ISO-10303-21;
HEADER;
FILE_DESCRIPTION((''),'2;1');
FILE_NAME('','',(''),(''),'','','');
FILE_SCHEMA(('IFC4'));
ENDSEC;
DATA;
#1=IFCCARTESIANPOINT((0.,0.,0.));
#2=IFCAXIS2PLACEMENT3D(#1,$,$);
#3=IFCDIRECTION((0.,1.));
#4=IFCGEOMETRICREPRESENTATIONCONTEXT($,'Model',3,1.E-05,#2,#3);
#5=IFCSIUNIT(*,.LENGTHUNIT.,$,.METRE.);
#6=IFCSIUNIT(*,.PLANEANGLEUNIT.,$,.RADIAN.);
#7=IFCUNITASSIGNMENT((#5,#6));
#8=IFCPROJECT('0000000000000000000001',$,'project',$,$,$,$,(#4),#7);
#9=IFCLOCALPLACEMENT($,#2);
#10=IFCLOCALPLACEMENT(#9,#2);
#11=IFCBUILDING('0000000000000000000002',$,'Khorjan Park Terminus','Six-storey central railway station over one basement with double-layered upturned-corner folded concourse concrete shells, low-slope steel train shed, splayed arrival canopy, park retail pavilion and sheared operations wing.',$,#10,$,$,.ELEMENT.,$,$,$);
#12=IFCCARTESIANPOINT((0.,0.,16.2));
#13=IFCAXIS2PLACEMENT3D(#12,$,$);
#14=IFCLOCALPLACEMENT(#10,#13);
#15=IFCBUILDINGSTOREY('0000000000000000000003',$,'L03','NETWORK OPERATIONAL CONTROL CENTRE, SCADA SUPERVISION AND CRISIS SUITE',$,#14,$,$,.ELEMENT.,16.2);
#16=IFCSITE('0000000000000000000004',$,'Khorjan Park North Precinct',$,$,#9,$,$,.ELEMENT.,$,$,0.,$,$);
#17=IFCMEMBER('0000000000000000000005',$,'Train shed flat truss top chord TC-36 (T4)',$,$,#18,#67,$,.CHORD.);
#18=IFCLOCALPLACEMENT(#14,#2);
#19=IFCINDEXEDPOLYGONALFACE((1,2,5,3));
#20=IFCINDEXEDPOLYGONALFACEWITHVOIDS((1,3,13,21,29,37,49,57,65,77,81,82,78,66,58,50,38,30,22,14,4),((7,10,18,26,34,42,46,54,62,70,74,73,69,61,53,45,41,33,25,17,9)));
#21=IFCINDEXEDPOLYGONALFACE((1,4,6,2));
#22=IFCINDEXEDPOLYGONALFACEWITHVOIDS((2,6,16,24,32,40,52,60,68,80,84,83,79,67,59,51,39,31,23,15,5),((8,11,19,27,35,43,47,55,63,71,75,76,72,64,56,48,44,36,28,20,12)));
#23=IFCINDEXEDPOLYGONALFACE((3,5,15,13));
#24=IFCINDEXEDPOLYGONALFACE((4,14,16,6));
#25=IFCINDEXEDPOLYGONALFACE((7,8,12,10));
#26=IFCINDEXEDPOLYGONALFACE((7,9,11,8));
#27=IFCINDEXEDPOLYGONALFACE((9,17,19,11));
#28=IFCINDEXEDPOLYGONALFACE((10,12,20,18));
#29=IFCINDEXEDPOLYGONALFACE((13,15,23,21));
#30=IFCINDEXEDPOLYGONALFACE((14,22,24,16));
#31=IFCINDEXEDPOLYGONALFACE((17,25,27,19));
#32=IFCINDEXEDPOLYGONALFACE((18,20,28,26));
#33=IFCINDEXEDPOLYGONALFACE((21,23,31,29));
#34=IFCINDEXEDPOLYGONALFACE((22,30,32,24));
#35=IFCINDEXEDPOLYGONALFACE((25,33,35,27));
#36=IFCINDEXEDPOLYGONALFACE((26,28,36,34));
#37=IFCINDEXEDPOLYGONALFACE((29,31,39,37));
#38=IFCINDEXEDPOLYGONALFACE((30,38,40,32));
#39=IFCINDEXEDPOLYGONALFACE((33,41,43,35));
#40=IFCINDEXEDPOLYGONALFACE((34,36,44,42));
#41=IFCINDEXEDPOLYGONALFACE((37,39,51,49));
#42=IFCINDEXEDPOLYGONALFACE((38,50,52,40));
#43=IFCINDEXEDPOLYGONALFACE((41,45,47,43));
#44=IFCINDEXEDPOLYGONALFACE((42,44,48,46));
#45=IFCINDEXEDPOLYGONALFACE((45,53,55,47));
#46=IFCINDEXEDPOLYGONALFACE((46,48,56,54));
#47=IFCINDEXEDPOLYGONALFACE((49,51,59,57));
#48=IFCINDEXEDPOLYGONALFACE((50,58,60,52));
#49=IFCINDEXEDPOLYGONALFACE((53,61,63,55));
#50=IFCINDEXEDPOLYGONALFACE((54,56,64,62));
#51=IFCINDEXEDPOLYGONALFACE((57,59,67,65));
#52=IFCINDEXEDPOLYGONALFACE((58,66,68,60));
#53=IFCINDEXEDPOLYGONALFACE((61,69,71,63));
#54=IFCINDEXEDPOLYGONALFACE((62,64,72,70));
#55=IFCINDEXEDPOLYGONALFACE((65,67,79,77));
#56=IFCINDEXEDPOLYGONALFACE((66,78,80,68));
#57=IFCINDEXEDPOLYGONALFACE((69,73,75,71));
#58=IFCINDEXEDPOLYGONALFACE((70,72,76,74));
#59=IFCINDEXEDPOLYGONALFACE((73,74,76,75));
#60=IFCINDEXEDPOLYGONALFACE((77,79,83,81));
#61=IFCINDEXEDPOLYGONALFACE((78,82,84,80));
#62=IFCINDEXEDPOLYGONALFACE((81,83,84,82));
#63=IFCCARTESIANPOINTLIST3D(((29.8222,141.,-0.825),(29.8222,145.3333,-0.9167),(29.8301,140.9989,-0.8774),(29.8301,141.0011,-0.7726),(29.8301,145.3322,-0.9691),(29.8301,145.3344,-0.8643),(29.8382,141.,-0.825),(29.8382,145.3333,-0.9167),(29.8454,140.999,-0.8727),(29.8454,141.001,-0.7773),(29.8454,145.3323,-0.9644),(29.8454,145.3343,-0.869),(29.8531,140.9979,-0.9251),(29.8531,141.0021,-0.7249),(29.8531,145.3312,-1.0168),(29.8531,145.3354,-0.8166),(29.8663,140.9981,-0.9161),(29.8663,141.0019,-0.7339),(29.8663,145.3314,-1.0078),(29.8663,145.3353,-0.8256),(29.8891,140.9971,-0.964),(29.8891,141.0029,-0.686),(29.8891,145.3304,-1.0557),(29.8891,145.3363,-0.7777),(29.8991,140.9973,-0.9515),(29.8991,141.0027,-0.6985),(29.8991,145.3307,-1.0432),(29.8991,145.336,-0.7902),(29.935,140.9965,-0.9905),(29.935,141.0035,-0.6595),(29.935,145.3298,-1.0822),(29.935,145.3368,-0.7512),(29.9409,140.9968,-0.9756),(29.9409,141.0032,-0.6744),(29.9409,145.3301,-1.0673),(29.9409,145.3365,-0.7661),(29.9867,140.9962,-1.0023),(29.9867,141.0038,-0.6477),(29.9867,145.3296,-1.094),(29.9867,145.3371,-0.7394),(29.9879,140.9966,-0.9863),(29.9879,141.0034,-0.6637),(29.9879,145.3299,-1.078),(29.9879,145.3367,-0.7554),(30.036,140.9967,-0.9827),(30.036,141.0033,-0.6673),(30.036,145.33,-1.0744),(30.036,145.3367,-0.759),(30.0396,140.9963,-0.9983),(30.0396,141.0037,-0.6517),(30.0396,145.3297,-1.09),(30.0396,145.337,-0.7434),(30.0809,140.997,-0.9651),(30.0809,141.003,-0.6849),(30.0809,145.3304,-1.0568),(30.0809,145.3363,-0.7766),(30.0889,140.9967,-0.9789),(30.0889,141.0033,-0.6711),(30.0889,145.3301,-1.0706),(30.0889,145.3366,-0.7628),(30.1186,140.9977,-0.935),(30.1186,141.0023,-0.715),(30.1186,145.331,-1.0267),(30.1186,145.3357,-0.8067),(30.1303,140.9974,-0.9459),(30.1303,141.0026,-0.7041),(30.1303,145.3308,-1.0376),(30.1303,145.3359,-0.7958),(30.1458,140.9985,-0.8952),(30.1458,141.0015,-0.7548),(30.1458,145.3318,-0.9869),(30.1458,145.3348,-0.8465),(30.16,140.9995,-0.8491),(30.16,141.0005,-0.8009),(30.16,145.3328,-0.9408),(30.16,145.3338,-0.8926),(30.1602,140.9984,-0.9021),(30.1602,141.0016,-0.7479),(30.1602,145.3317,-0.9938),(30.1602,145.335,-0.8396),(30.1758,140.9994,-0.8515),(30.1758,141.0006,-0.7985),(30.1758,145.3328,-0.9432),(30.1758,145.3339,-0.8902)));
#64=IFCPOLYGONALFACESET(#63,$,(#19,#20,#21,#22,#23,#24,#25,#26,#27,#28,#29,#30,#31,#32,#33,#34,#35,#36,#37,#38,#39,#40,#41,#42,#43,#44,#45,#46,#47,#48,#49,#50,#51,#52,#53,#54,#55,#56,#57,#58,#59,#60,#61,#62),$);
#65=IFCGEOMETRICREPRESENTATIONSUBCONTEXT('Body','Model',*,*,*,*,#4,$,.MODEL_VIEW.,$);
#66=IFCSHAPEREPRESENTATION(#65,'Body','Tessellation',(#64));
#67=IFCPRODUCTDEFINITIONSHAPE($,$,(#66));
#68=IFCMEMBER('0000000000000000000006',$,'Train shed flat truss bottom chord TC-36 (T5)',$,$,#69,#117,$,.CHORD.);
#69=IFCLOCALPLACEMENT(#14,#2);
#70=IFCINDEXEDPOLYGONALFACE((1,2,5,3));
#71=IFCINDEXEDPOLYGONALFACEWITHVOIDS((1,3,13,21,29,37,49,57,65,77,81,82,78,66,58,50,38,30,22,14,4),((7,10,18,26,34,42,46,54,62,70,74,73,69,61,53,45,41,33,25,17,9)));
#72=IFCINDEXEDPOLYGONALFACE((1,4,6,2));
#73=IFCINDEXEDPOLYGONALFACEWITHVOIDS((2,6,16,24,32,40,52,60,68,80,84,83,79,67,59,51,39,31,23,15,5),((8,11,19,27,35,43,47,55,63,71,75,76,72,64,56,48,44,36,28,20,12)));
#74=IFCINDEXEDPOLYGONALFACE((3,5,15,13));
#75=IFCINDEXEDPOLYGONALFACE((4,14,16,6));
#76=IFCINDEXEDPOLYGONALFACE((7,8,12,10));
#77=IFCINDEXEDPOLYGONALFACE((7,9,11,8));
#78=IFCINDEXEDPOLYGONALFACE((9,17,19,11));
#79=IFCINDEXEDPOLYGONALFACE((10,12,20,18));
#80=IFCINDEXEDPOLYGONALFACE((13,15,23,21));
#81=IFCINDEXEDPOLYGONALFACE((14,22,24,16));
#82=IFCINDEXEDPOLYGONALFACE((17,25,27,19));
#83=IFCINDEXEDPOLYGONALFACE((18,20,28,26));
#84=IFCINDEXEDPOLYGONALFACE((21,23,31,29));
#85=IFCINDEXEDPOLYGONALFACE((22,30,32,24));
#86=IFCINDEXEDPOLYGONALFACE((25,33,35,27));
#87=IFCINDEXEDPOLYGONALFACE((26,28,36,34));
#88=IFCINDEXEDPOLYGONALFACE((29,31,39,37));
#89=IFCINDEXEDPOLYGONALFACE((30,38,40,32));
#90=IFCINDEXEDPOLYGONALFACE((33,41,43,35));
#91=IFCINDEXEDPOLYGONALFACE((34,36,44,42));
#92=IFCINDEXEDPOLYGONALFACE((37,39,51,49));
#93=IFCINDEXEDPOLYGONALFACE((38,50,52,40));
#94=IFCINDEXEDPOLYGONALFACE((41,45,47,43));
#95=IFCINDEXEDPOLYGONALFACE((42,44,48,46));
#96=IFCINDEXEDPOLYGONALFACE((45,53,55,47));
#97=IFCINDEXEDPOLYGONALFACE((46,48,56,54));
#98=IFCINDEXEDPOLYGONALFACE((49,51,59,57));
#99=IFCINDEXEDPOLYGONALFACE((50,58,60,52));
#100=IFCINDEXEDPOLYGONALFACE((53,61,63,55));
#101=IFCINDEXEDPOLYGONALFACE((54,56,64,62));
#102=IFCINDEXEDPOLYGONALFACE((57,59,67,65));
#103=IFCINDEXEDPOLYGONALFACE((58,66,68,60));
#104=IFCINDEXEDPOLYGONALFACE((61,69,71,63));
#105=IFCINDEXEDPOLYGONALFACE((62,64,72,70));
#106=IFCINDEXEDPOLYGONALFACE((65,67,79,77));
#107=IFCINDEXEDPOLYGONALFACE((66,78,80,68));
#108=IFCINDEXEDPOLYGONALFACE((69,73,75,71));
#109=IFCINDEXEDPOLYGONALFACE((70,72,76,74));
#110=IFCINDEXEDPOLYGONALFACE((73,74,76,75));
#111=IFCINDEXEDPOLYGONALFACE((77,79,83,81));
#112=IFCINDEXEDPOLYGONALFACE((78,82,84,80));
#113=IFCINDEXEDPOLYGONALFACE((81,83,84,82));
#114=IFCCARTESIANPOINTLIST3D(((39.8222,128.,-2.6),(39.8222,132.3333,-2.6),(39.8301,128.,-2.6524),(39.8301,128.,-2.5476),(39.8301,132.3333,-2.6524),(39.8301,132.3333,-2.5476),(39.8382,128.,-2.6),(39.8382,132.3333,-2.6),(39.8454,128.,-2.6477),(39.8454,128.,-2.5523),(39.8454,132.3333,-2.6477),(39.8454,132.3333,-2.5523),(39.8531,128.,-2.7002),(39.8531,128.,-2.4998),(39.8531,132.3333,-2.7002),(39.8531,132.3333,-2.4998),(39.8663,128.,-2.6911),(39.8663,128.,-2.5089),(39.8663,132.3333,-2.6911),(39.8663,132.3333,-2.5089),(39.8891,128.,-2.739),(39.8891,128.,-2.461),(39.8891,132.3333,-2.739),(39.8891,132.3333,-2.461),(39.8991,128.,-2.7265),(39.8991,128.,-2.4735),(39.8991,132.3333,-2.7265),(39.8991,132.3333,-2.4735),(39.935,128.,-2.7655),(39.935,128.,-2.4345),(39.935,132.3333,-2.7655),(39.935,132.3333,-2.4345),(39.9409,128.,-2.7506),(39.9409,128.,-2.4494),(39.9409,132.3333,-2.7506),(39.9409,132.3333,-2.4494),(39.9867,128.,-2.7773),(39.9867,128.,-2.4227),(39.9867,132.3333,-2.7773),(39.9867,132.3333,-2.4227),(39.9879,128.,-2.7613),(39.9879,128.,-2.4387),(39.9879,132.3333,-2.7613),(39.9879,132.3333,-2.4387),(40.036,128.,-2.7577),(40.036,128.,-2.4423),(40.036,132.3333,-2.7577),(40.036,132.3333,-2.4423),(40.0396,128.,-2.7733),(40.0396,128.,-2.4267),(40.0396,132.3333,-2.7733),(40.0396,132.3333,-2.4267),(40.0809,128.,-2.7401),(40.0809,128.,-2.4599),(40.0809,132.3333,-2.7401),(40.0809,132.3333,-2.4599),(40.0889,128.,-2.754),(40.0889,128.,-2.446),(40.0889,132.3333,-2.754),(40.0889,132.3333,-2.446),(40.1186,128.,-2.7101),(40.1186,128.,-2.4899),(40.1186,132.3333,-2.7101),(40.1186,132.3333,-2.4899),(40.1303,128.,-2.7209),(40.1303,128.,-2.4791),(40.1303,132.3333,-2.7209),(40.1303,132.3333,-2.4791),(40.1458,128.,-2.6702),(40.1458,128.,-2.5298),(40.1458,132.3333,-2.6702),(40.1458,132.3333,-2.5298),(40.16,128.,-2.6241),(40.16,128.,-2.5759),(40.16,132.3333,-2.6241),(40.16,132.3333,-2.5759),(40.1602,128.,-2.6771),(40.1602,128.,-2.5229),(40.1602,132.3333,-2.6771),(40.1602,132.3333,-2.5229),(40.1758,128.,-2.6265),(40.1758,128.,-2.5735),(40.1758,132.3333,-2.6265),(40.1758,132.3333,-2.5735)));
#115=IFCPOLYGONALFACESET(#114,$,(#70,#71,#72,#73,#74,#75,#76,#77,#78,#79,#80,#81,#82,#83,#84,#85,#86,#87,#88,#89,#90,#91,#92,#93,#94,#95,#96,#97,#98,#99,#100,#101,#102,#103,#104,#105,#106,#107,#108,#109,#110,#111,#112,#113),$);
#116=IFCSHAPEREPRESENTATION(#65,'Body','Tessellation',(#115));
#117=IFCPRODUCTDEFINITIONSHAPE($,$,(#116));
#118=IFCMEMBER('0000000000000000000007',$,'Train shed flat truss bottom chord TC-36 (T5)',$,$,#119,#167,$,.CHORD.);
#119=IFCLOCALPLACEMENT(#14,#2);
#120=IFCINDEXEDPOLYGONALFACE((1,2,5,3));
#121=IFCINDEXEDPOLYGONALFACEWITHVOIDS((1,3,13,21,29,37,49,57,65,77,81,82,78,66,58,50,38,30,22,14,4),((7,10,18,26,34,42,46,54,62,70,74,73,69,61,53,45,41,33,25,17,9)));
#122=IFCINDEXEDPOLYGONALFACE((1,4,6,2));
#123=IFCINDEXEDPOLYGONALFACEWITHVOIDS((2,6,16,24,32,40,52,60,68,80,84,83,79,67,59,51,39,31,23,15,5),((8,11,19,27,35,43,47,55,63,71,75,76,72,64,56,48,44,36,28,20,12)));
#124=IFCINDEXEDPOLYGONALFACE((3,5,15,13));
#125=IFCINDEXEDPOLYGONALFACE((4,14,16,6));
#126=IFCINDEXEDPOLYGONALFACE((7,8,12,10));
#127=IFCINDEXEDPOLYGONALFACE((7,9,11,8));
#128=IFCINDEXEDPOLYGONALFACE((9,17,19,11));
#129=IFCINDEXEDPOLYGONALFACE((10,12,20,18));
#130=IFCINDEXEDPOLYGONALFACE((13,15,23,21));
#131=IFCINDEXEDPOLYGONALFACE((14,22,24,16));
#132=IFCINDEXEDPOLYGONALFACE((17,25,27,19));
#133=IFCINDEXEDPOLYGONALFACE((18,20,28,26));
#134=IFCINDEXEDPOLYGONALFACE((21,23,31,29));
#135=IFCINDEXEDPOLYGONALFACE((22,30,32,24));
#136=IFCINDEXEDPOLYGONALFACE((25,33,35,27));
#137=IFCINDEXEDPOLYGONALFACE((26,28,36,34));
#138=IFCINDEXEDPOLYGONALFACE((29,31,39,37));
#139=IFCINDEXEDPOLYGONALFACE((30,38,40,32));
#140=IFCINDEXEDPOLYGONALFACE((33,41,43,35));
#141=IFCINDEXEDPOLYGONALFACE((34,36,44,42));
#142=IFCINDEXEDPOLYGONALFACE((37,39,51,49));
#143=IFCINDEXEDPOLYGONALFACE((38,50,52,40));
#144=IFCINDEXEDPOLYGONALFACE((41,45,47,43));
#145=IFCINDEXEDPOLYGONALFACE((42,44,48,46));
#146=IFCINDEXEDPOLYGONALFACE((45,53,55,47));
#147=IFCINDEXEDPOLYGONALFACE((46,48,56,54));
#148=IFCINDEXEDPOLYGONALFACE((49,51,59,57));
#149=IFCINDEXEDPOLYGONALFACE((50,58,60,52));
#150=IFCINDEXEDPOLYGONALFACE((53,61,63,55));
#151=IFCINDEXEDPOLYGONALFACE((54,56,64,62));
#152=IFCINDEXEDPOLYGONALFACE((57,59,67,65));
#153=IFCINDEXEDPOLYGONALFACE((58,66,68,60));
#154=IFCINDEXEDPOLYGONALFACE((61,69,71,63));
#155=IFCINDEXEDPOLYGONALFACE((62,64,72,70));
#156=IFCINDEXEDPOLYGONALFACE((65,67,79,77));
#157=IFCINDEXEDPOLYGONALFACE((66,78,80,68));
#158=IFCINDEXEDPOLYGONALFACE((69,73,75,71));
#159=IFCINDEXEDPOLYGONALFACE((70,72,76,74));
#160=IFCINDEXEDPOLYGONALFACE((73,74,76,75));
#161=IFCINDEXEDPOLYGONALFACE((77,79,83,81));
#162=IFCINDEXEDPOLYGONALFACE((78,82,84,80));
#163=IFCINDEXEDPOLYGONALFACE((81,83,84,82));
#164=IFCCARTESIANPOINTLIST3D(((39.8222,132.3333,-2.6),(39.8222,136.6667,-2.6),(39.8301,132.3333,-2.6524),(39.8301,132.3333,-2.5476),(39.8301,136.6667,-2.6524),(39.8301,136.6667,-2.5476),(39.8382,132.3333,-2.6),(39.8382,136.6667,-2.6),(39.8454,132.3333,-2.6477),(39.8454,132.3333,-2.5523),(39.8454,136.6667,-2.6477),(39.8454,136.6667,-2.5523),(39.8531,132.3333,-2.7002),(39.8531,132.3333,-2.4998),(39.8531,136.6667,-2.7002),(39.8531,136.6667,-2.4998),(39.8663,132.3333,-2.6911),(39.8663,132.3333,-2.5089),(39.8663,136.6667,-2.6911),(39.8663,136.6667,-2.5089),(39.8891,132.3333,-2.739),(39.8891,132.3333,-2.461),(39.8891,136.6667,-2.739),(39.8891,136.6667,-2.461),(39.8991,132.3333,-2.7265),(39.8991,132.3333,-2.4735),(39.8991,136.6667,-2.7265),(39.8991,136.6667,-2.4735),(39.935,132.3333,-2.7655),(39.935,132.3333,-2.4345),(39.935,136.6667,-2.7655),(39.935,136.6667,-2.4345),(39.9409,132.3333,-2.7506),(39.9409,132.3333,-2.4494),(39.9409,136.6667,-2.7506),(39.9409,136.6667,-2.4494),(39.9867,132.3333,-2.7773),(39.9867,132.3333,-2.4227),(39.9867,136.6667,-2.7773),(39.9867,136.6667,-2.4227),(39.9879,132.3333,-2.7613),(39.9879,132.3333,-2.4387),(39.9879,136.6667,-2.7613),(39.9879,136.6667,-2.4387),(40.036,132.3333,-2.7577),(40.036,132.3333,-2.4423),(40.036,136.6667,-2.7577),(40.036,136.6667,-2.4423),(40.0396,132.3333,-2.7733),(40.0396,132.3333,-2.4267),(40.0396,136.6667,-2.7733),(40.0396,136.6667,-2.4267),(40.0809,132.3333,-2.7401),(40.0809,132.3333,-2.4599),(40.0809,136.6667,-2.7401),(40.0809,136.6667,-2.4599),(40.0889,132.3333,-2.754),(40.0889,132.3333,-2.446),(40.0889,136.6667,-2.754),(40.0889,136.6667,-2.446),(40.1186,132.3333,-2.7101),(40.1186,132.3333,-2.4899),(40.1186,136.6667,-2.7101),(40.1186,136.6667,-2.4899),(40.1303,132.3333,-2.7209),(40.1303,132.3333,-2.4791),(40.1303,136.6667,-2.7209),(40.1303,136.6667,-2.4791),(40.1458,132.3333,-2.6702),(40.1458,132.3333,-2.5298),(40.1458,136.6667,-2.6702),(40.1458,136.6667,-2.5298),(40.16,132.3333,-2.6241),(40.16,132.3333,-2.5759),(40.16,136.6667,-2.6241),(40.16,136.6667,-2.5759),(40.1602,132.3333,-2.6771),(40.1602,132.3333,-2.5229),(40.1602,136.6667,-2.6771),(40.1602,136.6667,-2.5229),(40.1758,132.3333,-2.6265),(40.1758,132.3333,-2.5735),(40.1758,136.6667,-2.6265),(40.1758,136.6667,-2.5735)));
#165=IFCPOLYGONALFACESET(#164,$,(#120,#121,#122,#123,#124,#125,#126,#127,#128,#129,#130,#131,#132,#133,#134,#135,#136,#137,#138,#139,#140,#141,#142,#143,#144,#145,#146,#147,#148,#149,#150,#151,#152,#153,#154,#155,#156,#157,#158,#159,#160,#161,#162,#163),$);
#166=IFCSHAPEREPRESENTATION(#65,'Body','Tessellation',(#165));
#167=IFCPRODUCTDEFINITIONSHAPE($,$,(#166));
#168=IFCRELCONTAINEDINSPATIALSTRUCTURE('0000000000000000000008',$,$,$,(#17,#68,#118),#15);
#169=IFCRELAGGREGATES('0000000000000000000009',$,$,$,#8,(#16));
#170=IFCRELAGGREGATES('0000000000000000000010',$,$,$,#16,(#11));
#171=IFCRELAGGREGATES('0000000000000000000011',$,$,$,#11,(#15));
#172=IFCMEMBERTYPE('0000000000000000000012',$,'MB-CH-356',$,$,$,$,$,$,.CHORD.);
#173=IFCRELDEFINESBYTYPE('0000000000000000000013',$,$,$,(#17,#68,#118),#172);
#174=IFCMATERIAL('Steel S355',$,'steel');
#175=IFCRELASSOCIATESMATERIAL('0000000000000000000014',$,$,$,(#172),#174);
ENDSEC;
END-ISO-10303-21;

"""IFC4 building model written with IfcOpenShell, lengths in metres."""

from ifc_helpers import new_model, si_unit, direction, frame, origin, origin_2d, place, context, subcontext, project, spatial, hollow_circle, extrude, material, material_profile, profile_set, type_object, element, save


model = new_model("IFC4")

# Units and contexts
model_context = context("Model", 3, precision=1e-05, world=origin(), true_north=direction((0.0, 1.0)))
body_context = subcontext(model_context, "Body", "Model", "MODEL_VIEW")
ifc_project = project(units=[si_unit("LENGTHUNIT", "METRE"), si_unit("PLANEANGLEUNIT", "RADIAN")], contexts=[model_context])

# Site, building, storey
site_placement = place(None, origin())
site = spatial("IfcSite", under=ifc_project, at=site_placement, Name="Khorjan Park North Precinct", CompositionType="ELEMENT", RefElevation=0.0)
building_placement = place(site_placement, origin())
building = spatial("IfcBuilding", under=site, at=building_placement, Name="Khorjan Park Terminus", Description="Six-storey central railway station over one basement with double-layered upturned-corner folded concourse concrete shells, low-slope steel train shed, splayed arrival canopy, park retail pavilion and sheared operations wing.", CompositionType="ELEMENT")
storey_placement = place(building_placement, frame((0.0, 0.0, 16.2)))
storey = spatial("IfcBuildingStorey", under=building, at=storey_placement, Name="L03", Description="NETWORK OPERATIONAL CONTROL CENTRE, SCADA SUPERVISION AND CRISIS SUITE", CompositionType="ELEMENT", Elevation=16.2)

# Members
ifc_material_1 = material(Name="Steel S355", Category="steel")
ifc_material_profile_1 = material_profile(ifc_material_1, hollow_circle(Radius=0.1778, WallThickness=0.016, at=origin_2d()), Name="CHS 355.6x16")
ifc_profile_set_1 = profile_set([ifc_material_profile_1], Name="Steel S355")
member_type_1 = type_object("IfcMemberType", Name="MB-CH-356", PredefinedType="CHORD", material=ifc_profile_set_1)
for number, where, z_axis, x_axis, name in (
    (1, (30.0, 141.0, -0.825), (0.0, 0.999776, -0.021157), (-1.0, 0.0, 0.0), "Train shed flat truss top chord TC-36 (T4)"),
):
    element("IfcMember", number, at=place(storey_placement, frame(where, z_axis=z_axis, x_axis=x_axis)), inside=storey, type_object=member_type_1, Name=name, PredefinedType="CHORD", context=body_context, shape_type="SweptSolid", body=[
        extrude(hollow_circle(Radius=0.1778, WallThickness=0.016, at=origin_2d()), origin(), (0.0, 0.0, 1.0), 4.3343),
    ])
member_1_placement = place(storey_placement, frame((40.0, 128.0, -2.6), z_axis=(0.0, 1.0, 0.0), x_axis=(-1.0, 0.0, 0.0)))
element("IfcMember", 2, at=member_1_placement, inside=storey, type_object=member_type_1, Name="Train shed flat truss bottom chord TC-36 (T5)", PredefinedType="CHORD", context=body_context, shape_type="SweptSolid", body=[
    extrude(hollow_circle(Radius=0.1778, WallThickness=0.016, at=origin_2d()), origin(), (0.0, 0.0, 1.0), 4.3333),
])
member_2_placement = place(storey_placement, frame((40.0, 132.3333, -2.6), z_axis=(0.0, 1.0, 0.0), x_axis=(-1.0, 0.0, 0.0)))
element("IfcMember", 3, at=member_2_placement, inside=storey, type_object=member_type_1, Name="Train shed flat truss bottom chord TC-36 (T5)", PredefinedType="CHORD", context=body_context, shape_type="SweptSolid", body=[
    extrude(hollow_circle(Radius=0.1778, WallThickness=0.016, at=origin_2d()), origin(), (0.0, 0.0, 1.0), 4.3334),
])

save(model, "model.ifc")
